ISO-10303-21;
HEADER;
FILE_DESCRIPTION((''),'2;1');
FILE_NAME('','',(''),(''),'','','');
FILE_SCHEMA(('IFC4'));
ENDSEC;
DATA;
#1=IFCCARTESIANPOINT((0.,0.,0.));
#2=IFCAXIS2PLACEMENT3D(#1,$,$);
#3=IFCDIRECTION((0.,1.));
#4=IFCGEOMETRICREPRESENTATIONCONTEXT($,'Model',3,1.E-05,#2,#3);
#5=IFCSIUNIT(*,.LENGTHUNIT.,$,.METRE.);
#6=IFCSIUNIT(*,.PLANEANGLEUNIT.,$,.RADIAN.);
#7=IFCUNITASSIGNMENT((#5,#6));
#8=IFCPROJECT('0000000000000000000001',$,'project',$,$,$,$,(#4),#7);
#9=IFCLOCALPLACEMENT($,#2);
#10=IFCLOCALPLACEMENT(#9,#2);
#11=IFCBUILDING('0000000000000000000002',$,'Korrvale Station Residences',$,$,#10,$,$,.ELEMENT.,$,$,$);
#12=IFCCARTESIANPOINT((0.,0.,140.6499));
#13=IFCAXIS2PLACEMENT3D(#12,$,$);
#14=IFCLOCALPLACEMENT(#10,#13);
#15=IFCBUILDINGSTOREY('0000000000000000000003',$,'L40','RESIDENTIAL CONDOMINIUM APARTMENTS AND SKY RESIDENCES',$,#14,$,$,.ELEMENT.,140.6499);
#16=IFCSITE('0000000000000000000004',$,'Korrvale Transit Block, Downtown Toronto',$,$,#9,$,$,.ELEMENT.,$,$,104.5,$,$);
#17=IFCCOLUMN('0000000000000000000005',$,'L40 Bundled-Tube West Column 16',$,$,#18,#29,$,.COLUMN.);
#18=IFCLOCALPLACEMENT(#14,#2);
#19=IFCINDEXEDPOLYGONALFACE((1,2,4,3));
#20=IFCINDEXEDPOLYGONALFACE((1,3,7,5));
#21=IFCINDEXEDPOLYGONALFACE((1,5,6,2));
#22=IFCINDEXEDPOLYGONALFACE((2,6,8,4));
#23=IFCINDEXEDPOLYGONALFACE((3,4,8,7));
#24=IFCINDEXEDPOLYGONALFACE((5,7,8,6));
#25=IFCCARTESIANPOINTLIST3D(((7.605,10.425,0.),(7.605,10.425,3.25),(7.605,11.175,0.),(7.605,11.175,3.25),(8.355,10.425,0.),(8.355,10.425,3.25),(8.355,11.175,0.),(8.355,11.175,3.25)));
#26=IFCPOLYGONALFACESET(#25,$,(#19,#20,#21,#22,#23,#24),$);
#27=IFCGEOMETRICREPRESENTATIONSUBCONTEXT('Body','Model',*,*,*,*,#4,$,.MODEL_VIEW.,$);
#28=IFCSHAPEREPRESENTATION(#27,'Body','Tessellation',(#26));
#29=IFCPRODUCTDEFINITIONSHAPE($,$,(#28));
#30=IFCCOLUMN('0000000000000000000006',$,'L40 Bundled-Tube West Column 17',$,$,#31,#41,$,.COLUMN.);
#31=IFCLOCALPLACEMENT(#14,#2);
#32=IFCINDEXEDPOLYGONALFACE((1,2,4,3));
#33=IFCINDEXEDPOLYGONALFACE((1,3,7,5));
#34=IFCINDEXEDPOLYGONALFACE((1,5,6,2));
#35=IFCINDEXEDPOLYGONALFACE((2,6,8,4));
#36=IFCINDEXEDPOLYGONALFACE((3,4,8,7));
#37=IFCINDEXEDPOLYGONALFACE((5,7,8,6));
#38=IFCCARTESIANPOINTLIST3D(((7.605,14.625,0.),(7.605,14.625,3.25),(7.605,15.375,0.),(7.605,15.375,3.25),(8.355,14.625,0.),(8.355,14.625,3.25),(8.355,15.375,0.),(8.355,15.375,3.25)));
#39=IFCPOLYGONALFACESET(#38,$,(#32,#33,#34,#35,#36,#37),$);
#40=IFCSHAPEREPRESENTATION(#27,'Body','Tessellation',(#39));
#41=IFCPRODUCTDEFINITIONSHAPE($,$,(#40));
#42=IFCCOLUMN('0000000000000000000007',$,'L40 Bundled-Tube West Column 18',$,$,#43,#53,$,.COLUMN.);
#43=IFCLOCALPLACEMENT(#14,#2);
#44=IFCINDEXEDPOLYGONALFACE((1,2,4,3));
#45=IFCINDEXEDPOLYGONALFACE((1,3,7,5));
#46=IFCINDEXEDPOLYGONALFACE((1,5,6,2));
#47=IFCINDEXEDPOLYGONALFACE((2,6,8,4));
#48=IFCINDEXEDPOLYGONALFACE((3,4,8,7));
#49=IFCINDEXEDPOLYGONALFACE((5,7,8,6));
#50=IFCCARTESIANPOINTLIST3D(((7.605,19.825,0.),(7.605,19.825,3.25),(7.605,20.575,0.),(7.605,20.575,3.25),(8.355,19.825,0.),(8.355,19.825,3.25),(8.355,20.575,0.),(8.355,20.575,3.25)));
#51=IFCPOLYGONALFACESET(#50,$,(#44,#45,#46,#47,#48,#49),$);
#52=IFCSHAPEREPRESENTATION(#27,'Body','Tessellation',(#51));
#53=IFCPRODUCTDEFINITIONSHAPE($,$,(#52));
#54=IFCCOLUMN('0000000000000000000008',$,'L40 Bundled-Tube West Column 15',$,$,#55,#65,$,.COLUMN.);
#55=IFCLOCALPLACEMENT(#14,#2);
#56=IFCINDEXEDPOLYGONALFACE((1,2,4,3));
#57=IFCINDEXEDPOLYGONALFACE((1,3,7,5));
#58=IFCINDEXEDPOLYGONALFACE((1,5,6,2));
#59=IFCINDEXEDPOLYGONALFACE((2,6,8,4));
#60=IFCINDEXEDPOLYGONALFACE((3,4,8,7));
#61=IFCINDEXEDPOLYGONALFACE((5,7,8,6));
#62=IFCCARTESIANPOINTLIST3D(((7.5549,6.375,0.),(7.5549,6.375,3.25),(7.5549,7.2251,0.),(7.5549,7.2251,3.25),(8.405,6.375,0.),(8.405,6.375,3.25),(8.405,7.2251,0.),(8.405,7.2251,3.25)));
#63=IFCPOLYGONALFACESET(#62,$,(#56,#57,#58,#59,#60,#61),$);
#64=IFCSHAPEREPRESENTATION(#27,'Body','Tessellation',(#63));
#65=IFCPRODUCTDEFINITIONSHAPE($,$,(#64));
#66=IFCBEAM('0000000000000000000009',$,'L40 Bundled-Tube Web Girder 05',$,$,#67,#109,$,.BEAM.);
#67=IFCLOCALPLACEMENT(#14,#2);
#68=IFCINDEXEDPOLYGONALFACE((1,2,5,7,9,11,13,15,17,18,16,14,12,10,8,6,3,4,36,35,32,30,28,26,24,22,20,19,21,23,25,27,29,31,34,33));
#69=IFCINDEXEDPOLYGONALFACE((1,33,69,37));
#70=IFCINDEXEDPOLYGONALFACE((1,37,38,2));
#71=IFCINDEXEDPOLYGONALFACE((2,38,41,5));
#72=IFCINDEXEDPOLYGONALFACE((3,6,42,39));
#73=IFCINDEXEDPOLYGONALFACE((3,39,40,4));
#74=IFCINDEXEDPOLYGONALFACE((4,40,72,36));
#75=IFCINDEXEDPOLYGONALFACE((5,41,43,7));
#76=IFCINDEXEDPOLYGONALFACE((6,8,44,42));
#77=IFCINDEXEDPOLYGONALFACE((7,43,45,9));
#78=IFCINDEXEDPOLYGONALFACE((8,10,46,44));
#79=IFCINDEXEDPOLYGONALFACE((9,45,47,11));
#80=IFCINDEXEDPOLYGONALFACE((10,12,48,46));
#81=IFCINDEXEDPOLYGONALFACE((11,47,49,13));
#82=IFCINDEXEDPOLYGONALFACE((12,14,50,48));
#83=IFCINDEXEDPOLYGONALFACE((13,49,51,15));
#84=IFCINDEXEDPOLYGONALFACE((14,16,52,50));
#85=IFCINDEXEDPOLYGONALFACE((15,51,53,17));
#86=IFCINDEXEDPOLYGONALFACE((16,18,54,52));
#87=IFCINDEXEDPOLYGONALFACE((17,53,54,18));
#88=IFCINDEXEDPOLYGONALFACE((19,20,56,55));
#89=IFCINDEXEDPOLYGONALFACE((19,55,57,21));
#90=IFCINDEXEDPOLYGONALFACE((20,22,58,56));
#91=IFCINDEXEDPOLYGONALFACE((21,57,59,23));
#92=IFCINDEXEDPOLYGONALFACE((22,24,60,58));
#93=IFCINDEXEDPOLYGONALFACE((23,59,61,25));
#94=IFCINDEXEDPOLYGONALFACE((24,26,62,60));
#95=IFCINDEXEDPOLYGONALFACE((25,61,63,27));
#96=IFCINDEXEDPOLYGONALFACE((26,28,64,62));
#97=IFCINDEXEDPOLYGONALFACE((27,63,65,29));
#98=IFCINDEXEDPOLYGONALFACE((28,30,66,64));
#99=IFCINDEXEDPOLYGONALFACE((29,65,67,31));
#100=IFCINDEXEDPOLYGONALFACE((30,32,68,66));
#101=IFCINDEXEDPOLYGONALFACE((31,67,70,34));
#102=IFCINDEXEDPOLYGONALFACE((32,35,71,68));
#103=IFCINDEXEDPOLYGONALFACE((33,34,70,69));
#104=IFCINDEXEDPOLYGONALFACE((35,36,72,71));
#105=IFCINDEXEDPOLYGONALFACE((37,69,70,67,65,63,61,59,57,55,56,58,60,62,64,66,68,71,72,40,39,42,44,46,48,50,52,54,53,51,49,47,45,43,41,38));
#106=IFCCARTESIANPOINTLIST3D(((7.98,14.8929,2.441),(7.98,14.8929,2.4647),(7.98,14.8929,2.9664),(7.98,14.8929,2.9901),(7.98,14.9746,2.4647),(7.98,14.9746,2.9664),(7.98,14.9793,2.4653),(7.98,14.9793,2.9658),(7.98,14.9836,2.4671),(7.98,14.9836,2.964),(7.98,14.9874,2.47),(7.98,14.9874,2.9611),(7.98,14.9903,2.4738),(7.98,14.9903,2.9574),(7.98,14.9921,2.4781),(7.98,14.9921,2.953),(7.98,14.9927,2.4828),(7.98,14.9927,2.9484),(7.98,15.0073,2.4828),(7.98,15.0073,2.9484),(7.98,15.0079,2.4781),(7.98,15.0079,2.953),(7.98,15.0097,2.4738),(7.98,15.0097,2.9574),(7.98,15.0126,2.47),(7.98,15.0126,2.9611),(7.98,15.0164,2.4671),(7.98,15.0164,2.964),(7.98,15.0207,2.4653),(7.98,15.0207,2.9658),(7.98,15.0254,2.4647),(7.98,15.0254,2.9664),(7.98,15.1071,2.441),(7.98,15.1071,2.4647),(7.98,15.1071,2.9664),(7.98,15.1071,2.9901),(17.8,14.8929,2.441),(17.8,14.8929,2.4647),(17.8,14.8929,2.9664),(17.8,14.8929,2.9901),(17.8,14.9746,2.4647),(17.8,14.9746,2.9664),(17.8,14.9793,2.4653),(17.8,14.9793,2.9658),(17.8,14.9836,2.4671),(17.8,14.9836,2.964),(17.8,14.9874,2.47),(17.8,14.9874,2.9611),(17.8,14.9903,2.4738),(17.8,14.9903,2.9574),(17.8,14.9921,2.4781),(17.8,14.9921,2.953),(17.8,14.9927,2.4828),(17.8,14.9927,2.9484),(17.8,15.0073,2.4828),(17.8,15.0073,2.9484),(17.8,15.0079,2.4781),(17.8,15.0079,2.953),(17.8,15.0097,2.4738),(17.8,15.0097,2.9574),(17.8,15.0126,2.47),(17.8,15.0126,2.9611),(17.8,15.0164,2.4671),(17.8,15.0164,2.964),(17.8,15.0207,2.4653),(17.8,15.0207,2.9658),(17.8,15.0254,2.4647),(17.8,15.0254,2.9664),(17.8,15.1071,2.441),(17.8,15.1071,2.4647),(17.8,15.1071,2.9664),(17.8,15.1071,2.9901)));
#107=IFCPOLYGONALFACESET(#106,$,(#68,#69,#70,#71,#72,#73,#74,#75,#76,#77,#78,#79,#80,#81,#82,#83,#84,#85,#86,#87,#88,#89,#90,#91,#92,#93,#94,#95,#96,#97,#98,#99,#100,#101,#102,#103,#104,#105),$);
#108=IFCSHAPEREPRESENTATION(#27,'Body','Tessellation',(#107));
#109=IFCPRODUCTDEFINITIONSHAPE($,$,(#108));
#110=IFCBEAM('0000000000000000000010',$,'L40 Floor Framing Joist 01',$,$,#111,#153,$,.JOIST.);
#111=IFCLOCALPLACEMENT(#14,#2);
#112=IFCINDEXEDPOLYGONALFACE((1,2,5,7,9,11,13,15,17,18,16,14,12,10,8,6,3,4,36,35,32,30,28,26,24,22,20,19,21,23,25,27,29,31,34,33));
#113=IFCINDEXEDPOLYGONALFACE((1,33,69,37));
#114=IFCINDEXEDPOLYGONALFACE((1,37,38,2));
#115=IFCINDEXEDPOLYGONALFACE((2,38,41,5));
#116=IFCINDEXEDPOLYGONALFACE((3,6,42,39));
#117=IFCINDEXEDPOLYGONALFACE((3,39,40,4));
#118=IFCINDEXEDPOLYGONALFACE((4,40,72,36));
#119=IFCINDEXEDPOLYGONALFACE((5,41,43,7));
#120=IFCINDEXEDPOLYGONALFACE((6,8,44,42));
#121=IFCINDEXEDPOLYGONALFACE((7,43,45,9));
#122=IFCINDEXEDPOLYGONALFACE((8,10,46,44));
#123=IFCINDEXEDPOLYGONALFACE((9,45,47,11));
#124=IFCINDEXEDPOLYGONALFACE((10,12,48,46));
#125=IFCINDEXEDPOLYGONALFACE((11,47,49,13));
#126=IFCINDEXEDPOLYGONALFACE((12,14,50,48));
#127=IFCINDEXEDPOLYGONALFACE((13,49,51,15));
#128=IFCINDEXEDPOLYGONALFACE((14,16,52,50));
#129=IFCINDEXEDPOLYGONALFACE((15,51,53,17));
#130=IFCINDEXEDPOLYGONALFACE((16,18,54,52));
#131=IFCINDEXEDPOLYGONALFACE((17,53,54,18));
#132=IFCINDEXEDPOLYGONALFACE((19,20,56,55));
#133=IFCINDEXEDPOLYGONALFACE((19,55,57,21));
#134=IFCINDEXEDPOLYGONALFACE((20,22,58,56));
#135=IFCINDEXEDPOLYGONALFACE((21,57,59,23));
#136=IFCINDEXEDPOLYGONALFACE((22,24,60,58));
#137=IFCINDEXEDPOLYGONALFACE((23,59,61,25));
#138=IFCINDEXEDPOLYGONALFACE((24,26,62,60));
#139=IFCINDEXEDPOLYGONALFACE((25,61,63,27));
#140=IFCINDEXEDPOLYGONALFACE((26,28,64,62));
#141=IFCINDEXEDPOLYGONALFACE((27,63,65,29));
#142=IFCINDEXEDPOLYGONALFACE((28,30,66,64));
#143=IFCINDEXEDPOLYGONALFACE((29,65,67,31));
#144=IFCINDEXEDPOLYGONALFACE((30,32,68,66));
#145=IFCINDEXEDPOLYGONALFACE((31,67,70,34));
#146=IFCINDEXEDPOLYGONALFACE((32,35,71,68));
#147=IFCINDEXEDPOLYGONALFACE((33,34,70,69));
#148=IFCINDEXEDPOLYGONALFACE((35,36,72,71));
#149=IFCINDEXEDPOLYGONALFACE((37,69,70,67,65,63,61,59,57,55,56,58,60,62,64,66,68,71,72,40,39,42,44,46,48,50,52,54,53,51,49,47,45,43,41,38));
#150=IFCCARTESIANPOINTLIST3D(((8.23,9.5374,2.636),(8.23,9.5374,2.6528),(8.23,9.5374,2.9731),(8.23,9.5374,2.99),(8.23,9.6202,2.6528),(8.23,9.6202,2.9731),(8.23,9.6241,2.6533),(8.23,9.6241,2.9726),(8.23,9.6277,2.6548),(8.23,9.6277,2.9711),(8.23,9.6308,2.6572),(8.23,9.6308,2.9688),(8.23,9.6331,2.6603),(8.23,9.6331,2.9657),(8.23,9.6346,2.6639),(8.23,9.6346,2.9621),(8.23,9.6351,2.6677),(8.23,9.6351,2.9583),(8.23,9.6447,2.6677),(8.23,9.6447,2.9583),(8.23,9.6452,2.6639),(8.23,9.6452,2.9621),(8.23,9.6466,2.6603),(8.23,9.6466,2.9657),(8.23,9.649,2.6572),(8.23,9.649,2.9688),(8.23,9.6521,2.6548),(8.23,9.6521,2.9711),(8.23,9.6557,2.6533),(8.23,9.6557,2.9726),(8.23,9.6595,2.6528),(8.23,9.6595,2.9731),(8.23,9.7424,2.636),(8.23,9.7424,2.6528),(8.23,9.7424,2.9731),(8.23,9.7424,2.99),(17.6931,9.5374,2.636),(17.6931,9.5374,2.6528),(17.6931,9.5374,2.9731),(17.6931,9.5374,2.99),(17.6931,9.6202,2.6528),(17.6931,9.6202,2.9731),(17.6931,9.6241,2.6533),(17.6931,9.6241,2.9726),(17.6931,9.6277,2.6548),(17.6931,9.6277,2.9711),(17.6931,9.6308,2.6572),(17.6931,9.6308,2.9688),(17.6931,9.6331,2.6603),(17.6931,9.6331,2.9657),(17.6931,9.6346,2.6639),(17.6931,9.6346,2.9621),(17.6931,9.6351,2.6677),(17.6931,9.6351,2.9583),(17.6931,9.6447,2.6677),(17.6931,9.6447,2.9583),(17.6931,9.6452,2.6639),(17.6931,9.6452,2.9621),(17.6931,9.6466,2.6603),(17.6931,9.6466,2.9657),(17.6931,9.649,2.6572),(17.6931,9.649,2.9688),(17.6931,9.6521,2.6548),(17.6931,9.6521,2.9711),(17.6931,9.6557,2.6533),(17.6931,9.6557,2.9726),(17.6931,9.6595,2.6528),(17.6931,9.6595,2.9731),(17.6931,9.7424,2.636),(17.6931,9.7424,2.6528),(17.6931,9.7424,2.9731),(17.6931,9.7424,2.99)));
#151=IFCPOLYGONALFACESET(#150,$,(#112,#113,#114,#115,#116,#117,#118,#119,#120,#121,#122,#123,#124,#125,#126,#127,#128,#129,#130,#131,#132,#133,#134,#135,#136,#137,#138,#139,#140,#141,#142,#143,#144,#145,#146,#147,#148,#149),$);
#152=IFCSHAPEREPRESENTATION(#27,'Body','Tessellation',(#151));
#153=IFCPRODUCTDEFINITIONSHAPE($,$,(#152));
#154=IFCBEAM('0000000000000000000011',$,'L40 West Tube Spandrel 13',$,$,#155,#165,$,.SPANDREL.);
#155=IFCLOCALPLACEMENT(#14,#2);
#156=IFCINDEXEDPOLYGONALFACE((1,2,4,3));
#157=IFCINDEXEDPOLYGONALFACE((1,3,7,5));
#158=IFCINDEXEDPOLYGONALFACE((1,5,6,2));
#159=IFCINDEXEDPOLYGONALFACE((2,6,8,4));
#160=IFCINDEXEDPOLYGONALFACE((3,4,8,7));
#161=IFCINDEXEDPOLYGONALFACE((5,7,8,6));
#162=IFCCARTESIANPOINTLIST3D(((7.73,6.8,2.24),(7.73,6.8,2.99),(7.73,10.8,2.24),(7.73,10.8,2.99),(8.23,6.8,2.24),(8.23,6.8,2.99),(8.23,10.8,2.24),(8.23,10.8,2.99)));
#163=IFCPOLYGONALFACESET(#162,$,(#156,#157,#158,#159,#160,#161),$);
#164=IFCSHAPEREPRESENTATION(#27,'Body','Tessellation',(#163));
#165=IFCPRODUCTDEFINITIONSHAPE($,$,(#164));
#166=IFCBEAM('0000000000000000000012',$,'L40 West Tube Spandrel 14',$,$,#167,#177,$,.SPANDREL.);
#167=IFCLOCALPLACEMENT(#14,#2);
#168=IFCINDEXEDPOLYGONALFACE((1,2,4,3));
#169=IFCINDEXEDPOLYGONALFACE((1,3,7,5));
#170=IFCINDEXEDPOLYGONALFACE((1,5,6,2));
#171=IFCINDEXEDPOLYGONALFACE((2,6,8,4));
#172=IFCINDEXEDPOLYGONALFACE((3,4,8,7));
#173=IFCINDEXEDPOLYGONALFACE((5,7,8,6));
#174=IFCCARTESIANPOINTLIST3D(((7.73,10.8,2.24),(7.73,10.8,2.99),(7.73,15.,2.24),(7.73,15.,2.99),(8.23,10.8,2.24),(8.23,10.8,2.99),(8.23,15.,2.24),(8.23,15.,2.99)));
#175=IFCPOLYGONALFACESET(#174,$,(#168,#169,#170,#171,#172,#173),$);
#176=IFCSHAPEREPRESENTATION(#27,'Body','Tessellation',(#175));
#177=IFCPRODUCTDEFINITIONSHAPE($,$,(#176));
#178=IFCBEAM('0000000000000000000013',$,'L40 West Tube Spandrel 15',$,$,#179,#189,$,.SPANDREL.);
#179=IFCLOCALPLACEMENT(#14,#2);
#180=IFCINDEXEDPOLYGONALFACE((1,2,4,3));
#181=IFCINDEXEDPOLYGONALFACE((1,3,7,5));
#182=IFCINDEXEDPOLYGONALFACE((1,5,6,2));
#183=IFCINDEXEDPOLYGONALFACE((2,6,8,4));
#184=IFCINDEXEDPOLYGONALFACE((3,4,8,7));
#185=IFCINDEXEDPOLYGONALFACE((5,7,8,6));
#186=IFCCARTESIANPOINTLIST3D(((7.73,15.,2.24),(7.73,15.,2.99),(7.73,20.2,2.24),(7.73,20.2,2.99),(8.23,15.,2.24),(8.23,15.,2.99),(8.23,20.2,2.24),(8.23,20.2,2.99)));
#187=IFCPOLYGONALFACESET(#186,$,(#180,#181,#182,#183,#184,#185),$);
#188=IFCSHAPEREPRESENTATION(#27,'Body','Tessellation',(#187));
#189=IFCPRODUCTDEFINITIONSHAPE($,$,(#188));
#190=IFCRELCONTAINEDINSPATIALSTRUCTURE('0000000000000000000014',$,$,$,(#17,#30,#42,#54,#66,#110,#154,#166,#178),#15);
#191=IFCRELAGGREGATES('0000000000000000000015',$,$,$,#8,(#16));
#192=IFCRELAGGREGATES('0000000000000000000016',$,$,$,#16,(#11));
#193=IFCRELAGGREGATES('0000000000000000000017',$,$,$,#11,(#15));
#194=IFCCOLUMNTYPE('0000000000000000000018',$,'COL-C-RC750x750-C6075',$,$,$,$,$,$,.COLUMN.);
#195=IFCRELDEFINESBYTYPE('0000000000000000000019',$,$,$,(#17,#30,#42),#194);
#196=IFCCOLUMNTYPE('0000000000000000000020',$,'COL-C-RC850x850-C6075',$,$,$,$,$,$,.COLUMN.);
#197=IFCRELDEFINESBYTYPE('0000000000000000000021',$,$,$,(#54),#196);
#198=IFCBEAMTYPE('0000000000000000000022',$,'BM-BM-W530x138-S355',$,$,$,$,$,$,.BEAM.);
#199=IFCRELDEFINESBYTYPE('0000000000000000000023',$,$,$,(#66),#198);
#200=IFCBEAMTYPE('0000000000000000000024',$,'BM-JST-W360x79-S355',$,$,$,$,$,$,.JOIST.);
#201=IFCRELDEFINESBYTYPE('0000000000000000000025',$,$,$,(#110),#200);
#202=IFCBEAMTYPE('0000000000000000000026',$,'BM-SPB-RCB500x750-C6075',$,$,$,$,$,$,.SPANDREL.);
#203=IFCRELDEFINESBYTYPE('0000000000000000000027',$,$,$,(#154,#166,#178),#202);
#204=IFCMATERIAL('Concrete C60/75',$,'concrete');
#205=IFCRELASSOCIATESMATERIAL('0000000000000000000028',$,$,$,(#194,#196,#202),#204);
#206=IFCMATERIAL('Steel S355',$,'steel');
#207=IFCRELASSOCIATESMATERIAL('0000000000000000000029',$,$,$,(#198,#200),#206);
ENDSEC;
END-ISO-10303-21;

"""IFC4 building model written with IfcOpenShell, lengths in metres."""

from ifc_helpers import new_model, si_unit, direction, frame, origin, origin_2d, place, context, subcontext, project, spatial, rectangle, i_section, extrude, material, material_profile, profile_set, type_object, element, save


model = new_model("IFC4")

# Units and contexts
model_context = context("Model", 3, precision=1e-05, world=origin(), true_north=direction((0.0, 1.0)))
body_context = subcontext(model_context, "Body", "Model", "MODEL_VIEW")
ifc_project = project(units=[si_unit("LENGTHUNIT", "METRE"), si_unit("PLANEANGLEUNIT", "RADIAN")], contexts=[model_context])

# Site, building, storey
site_placement = place(None, origin())
site = spatial("IfcSite", under=ifc_project, at=site_placement, Name="Korrvale Transit Block, Downtown Toronto", CompositionType="ELEMENT", RefElevation=104.5)
building_placement = place(site_placement, origin())
building = spatial("IfcBuilding", under=site, at=building_placement, Name="Korrvale Station Residences", CompositionType="ELEMENT")
storey_placement = place(building_placement, frame((0.0, 0.0, 140.6499)))
storey = spatial("IfcBuildingStorey", under=building, at=storey_placement, Name="L40", Description="RESIDENTIAL CONDOMINIUM APARTMENTS AND SKY RESIDENCES", CompositionType="ELEMENT", Elevation=140.6499)

# Columns
ifc_material_1 = material(Name="Concrete C60/75", Category="concrete")
ifc_material_profile_1 = material_profile(ifc_material_1, rectangle(XDim=0.75, YDim=0.75, at=origin_2d()), Name="RC750x750")
ifc_profile_set_1 = profile_set([ifc_material_profile_1], Name="Concrete C60/75")
column_type_1 = type_object("IfcColumnType", Name="COL-C-RC750x750-C6075", PredefinedType="COLUMN", material=ifc_profile_set_1)
for number, where, z_axis, x_axis, name in (
    (1, (7.98, 10.8, 0.0), (0.0, 0.0, 1.0), (1.0, 0.0, 0.0), "L40 Bundled-Tube West Column 16"),
    (2, (7.98, 15.0, 0.0), (0.0, 0.0, 1.0), (1.0, 0.0, 0.0), "L40 Bundled-Tube West Column 17"),
    (3, (7.98, 20.2, 0.0), (0.0, 0.0, 1.0), (1.0, 0.0, 0.0), "L40 Bundled-Tube West Column 18"),
):
    element("IfcColumn", number, at=place(storey_placement, frame(where, z_axis=z_axis, x_axis=x_axis)), inside=storey, type_object=column_type_1, Name=name, PredefinedType="COLUMN", context=body_context, shape_type="SweptSolid", body=[
        extrude(rectangle(XDim=0.75, YDim=0.75, at=origin_2d()), origin(), (0.0, 0.0, 1.0), 3.25),
    ])
ifc_material_profile_2 = material_profile(ifc_material_1, rectangle(XDim=0.8501, YDim=0.8501, at=origin_2d()), Name="RC850x850")
ifc_profile_set_2 = profile_set([ifc_material_profile_2], Name="Concrete C60/75")
column_type_2 = type_object("IfcColumnType", Name="COL-C-RC850x850-C6075", PredefinedType="COLUMN", material=ifc_profile_set_2)
column_placement = place(storey_placement, frame((7.98, 6.8, 0.0), z_axis=(0.0, 0.0, 1.0), x_axis=(1.0, 0.0, 0.0)))
element("IfcColumn", 4, at=column_placement, inside=storey, type_object=column_type_2, Name="L40 Bundled-Tube West Column 15", PredefinedType="COLUMN", context=body_context, shape_type="SweptSolid", body=[
    extrude(rectangle(XDim=0.8501, YDim=0.8501, at=origin_2d()), origin(), (0.0, 0.0, 1.0), 3.25),
])

# Beams
ifc_material_2 = material(Name="Steel S355", Category="steel")
ifc_material_profile_3 = material_profile(ifc_material_2, i_section(OverallWidth=0.2141, OverallDepth=0.5491, WebThickness=0.0146, FlangeThickness=0.0237, FilletRadius=0.0181, at=origin_2d()), Name="W530x138")
ifc_profile_set_3 = profile_set([ifc_material_profile_3], Name="Steel S355")
beam_type_1 = type_object("IfcBeamType", Name="BM-BM-W530x138-S355", PredefinedType="BEAM", material=ifc_profile_set_3)
beam_1_placement = place(storey_placement, frame((7.98, 15.0, 2.7156), z_axis=(1.0, 0.0, 0.0), x_axis=(0.0, 1.0, 0.0)))
element("IfcBeam", 5, at=beam_1_placement, inside=storey, type_object=beam_type_1, Name="L40 Bundled-Tube Web Girder 05", PredefinedType="BEAM", context=body_context, shape_type="SweptSolid", body=[
    extrude(i_section(OverallWidth=0.2141, OverallDepth=0.5491, WebThickness=0.0146, FlangeThickness=0.0237, FilletRadius=0.0181, at=origin_2d()), origin(), (0.0, 0.0, 1.0), 9.8201),
])
ifc_material_profile_4 = material_profile(ifc_material_2, i_section(OverallWidth=0.2051, OverallDepth=0.354, WebThickness=0.0095, FlangeThickness=0.0168, FilletRadius=0.0149, at=origin_2d()), Name="W360x79")
ifc_profile_set_4 = profile_set([ifc_material_profile_4], Name="Steel S355")
beam_type_2 = type_object("IfcBeamType", Name="BM-JST-W360x79-S355", PredefinedType="JOIST", material=ifc_profile_set_4)
beam_2_placement = place(storey_placement, frame((8.23, 9.6399, 2.813), z_axis=(1.0, 0.0, 0.0), x_axis=(0.0, 1.0, 0.0)))
element("IfcBeam", 6, at=beam_2_placement, inside=storey, type_object=beam_type_2, Name="L40 Floor Framing Joist 01", PredefinedType="JOIST", context=body_context, shape_type="SweptSolid", body=[
    extrude(i_section(OverallWidth=0.2051, OverallDepth=0.354, WebThickness=0.0095, FlangeThickness=0.0168, FilletRadius=0.0149, at=origin_2d()), origin(), (0.0, 0.0, 1.0), 9.4631),
])
ifc_material_profile_5 = material_profile(ifc_material_1, rectangle(XDim=0.5, YDim=0.75, at=origin_2d()), Name="RCB500x750")
ifc_profile_set_5 = profile_set([ifc_material_profile_5], Name="Concrete C60/75")
beam_type_3 = type_object("IfcBeamType", Name="BM-SPB-RCB500x750-C6075", PredefinedType="SPANDREL", material=ifc_profile_set_5)
beam_3_placement = place(storey_placement, frame((7.98, 6.8, 2.615), z_axis=(0.0, 1.0, 0.0), x_axis=(-1.0, 0.0, 0.0)))
element("IfcBeam", 7, at=beam_3_placement, inside=storey, type_object=beam_type_3, Name="L40 West Tube Spandrel 13", PredefinedType="SPANDREL", context=body_context, shape_type="SweptSolid", body=[
    extrude(rectangle(XDim=0.5, YDim=0.75, at=origin_2d()), origin(), (0.0, 0.0, 1.0), 4.0),
])
beam_4_placement = place(storey_placement, frame((7.98, 10.8, 2.615), z_axis=(0.0, 1.0, 0.0), x_axis=(-1.0, 0.0, 0.0)))
element("IfcBeam", 8, at=beam_4_placement, inside=storey, type_object=beam_type_3, Name="L40 West Tube Spandrel 14", PredefinedType="SPANDREL", context=body_context, shape_type="SweptSolid", body=[
    extrude(rectangle(XDim=0.5, YDim=0.75, at=origin_2d()), origin(), (0.0, 0.0, 1.0), 4.2),
])
beam_5_placement = place(storey_placement, frame((7.98, 15.0, 2.615), z_axis=(0.0, 1.0, 0.0), x_axis=(-1.0, 0.0, 0.0)))
element("IfcBeam", 9, at=beam_5_placement, inside=storey, type_object=beam_type_3, Name="L40 West Tube Spandrel 15", PredefinedType="SPANDREL", context=body_context, shape_type="SweptSolid", body=[
    extrude(rectangle(XDim=0.5, YDim=0.75, at=origin_2d()), origin(), (0.0, 0.0, 1.0), 5.2),
])

save(model, "model.ifc")
